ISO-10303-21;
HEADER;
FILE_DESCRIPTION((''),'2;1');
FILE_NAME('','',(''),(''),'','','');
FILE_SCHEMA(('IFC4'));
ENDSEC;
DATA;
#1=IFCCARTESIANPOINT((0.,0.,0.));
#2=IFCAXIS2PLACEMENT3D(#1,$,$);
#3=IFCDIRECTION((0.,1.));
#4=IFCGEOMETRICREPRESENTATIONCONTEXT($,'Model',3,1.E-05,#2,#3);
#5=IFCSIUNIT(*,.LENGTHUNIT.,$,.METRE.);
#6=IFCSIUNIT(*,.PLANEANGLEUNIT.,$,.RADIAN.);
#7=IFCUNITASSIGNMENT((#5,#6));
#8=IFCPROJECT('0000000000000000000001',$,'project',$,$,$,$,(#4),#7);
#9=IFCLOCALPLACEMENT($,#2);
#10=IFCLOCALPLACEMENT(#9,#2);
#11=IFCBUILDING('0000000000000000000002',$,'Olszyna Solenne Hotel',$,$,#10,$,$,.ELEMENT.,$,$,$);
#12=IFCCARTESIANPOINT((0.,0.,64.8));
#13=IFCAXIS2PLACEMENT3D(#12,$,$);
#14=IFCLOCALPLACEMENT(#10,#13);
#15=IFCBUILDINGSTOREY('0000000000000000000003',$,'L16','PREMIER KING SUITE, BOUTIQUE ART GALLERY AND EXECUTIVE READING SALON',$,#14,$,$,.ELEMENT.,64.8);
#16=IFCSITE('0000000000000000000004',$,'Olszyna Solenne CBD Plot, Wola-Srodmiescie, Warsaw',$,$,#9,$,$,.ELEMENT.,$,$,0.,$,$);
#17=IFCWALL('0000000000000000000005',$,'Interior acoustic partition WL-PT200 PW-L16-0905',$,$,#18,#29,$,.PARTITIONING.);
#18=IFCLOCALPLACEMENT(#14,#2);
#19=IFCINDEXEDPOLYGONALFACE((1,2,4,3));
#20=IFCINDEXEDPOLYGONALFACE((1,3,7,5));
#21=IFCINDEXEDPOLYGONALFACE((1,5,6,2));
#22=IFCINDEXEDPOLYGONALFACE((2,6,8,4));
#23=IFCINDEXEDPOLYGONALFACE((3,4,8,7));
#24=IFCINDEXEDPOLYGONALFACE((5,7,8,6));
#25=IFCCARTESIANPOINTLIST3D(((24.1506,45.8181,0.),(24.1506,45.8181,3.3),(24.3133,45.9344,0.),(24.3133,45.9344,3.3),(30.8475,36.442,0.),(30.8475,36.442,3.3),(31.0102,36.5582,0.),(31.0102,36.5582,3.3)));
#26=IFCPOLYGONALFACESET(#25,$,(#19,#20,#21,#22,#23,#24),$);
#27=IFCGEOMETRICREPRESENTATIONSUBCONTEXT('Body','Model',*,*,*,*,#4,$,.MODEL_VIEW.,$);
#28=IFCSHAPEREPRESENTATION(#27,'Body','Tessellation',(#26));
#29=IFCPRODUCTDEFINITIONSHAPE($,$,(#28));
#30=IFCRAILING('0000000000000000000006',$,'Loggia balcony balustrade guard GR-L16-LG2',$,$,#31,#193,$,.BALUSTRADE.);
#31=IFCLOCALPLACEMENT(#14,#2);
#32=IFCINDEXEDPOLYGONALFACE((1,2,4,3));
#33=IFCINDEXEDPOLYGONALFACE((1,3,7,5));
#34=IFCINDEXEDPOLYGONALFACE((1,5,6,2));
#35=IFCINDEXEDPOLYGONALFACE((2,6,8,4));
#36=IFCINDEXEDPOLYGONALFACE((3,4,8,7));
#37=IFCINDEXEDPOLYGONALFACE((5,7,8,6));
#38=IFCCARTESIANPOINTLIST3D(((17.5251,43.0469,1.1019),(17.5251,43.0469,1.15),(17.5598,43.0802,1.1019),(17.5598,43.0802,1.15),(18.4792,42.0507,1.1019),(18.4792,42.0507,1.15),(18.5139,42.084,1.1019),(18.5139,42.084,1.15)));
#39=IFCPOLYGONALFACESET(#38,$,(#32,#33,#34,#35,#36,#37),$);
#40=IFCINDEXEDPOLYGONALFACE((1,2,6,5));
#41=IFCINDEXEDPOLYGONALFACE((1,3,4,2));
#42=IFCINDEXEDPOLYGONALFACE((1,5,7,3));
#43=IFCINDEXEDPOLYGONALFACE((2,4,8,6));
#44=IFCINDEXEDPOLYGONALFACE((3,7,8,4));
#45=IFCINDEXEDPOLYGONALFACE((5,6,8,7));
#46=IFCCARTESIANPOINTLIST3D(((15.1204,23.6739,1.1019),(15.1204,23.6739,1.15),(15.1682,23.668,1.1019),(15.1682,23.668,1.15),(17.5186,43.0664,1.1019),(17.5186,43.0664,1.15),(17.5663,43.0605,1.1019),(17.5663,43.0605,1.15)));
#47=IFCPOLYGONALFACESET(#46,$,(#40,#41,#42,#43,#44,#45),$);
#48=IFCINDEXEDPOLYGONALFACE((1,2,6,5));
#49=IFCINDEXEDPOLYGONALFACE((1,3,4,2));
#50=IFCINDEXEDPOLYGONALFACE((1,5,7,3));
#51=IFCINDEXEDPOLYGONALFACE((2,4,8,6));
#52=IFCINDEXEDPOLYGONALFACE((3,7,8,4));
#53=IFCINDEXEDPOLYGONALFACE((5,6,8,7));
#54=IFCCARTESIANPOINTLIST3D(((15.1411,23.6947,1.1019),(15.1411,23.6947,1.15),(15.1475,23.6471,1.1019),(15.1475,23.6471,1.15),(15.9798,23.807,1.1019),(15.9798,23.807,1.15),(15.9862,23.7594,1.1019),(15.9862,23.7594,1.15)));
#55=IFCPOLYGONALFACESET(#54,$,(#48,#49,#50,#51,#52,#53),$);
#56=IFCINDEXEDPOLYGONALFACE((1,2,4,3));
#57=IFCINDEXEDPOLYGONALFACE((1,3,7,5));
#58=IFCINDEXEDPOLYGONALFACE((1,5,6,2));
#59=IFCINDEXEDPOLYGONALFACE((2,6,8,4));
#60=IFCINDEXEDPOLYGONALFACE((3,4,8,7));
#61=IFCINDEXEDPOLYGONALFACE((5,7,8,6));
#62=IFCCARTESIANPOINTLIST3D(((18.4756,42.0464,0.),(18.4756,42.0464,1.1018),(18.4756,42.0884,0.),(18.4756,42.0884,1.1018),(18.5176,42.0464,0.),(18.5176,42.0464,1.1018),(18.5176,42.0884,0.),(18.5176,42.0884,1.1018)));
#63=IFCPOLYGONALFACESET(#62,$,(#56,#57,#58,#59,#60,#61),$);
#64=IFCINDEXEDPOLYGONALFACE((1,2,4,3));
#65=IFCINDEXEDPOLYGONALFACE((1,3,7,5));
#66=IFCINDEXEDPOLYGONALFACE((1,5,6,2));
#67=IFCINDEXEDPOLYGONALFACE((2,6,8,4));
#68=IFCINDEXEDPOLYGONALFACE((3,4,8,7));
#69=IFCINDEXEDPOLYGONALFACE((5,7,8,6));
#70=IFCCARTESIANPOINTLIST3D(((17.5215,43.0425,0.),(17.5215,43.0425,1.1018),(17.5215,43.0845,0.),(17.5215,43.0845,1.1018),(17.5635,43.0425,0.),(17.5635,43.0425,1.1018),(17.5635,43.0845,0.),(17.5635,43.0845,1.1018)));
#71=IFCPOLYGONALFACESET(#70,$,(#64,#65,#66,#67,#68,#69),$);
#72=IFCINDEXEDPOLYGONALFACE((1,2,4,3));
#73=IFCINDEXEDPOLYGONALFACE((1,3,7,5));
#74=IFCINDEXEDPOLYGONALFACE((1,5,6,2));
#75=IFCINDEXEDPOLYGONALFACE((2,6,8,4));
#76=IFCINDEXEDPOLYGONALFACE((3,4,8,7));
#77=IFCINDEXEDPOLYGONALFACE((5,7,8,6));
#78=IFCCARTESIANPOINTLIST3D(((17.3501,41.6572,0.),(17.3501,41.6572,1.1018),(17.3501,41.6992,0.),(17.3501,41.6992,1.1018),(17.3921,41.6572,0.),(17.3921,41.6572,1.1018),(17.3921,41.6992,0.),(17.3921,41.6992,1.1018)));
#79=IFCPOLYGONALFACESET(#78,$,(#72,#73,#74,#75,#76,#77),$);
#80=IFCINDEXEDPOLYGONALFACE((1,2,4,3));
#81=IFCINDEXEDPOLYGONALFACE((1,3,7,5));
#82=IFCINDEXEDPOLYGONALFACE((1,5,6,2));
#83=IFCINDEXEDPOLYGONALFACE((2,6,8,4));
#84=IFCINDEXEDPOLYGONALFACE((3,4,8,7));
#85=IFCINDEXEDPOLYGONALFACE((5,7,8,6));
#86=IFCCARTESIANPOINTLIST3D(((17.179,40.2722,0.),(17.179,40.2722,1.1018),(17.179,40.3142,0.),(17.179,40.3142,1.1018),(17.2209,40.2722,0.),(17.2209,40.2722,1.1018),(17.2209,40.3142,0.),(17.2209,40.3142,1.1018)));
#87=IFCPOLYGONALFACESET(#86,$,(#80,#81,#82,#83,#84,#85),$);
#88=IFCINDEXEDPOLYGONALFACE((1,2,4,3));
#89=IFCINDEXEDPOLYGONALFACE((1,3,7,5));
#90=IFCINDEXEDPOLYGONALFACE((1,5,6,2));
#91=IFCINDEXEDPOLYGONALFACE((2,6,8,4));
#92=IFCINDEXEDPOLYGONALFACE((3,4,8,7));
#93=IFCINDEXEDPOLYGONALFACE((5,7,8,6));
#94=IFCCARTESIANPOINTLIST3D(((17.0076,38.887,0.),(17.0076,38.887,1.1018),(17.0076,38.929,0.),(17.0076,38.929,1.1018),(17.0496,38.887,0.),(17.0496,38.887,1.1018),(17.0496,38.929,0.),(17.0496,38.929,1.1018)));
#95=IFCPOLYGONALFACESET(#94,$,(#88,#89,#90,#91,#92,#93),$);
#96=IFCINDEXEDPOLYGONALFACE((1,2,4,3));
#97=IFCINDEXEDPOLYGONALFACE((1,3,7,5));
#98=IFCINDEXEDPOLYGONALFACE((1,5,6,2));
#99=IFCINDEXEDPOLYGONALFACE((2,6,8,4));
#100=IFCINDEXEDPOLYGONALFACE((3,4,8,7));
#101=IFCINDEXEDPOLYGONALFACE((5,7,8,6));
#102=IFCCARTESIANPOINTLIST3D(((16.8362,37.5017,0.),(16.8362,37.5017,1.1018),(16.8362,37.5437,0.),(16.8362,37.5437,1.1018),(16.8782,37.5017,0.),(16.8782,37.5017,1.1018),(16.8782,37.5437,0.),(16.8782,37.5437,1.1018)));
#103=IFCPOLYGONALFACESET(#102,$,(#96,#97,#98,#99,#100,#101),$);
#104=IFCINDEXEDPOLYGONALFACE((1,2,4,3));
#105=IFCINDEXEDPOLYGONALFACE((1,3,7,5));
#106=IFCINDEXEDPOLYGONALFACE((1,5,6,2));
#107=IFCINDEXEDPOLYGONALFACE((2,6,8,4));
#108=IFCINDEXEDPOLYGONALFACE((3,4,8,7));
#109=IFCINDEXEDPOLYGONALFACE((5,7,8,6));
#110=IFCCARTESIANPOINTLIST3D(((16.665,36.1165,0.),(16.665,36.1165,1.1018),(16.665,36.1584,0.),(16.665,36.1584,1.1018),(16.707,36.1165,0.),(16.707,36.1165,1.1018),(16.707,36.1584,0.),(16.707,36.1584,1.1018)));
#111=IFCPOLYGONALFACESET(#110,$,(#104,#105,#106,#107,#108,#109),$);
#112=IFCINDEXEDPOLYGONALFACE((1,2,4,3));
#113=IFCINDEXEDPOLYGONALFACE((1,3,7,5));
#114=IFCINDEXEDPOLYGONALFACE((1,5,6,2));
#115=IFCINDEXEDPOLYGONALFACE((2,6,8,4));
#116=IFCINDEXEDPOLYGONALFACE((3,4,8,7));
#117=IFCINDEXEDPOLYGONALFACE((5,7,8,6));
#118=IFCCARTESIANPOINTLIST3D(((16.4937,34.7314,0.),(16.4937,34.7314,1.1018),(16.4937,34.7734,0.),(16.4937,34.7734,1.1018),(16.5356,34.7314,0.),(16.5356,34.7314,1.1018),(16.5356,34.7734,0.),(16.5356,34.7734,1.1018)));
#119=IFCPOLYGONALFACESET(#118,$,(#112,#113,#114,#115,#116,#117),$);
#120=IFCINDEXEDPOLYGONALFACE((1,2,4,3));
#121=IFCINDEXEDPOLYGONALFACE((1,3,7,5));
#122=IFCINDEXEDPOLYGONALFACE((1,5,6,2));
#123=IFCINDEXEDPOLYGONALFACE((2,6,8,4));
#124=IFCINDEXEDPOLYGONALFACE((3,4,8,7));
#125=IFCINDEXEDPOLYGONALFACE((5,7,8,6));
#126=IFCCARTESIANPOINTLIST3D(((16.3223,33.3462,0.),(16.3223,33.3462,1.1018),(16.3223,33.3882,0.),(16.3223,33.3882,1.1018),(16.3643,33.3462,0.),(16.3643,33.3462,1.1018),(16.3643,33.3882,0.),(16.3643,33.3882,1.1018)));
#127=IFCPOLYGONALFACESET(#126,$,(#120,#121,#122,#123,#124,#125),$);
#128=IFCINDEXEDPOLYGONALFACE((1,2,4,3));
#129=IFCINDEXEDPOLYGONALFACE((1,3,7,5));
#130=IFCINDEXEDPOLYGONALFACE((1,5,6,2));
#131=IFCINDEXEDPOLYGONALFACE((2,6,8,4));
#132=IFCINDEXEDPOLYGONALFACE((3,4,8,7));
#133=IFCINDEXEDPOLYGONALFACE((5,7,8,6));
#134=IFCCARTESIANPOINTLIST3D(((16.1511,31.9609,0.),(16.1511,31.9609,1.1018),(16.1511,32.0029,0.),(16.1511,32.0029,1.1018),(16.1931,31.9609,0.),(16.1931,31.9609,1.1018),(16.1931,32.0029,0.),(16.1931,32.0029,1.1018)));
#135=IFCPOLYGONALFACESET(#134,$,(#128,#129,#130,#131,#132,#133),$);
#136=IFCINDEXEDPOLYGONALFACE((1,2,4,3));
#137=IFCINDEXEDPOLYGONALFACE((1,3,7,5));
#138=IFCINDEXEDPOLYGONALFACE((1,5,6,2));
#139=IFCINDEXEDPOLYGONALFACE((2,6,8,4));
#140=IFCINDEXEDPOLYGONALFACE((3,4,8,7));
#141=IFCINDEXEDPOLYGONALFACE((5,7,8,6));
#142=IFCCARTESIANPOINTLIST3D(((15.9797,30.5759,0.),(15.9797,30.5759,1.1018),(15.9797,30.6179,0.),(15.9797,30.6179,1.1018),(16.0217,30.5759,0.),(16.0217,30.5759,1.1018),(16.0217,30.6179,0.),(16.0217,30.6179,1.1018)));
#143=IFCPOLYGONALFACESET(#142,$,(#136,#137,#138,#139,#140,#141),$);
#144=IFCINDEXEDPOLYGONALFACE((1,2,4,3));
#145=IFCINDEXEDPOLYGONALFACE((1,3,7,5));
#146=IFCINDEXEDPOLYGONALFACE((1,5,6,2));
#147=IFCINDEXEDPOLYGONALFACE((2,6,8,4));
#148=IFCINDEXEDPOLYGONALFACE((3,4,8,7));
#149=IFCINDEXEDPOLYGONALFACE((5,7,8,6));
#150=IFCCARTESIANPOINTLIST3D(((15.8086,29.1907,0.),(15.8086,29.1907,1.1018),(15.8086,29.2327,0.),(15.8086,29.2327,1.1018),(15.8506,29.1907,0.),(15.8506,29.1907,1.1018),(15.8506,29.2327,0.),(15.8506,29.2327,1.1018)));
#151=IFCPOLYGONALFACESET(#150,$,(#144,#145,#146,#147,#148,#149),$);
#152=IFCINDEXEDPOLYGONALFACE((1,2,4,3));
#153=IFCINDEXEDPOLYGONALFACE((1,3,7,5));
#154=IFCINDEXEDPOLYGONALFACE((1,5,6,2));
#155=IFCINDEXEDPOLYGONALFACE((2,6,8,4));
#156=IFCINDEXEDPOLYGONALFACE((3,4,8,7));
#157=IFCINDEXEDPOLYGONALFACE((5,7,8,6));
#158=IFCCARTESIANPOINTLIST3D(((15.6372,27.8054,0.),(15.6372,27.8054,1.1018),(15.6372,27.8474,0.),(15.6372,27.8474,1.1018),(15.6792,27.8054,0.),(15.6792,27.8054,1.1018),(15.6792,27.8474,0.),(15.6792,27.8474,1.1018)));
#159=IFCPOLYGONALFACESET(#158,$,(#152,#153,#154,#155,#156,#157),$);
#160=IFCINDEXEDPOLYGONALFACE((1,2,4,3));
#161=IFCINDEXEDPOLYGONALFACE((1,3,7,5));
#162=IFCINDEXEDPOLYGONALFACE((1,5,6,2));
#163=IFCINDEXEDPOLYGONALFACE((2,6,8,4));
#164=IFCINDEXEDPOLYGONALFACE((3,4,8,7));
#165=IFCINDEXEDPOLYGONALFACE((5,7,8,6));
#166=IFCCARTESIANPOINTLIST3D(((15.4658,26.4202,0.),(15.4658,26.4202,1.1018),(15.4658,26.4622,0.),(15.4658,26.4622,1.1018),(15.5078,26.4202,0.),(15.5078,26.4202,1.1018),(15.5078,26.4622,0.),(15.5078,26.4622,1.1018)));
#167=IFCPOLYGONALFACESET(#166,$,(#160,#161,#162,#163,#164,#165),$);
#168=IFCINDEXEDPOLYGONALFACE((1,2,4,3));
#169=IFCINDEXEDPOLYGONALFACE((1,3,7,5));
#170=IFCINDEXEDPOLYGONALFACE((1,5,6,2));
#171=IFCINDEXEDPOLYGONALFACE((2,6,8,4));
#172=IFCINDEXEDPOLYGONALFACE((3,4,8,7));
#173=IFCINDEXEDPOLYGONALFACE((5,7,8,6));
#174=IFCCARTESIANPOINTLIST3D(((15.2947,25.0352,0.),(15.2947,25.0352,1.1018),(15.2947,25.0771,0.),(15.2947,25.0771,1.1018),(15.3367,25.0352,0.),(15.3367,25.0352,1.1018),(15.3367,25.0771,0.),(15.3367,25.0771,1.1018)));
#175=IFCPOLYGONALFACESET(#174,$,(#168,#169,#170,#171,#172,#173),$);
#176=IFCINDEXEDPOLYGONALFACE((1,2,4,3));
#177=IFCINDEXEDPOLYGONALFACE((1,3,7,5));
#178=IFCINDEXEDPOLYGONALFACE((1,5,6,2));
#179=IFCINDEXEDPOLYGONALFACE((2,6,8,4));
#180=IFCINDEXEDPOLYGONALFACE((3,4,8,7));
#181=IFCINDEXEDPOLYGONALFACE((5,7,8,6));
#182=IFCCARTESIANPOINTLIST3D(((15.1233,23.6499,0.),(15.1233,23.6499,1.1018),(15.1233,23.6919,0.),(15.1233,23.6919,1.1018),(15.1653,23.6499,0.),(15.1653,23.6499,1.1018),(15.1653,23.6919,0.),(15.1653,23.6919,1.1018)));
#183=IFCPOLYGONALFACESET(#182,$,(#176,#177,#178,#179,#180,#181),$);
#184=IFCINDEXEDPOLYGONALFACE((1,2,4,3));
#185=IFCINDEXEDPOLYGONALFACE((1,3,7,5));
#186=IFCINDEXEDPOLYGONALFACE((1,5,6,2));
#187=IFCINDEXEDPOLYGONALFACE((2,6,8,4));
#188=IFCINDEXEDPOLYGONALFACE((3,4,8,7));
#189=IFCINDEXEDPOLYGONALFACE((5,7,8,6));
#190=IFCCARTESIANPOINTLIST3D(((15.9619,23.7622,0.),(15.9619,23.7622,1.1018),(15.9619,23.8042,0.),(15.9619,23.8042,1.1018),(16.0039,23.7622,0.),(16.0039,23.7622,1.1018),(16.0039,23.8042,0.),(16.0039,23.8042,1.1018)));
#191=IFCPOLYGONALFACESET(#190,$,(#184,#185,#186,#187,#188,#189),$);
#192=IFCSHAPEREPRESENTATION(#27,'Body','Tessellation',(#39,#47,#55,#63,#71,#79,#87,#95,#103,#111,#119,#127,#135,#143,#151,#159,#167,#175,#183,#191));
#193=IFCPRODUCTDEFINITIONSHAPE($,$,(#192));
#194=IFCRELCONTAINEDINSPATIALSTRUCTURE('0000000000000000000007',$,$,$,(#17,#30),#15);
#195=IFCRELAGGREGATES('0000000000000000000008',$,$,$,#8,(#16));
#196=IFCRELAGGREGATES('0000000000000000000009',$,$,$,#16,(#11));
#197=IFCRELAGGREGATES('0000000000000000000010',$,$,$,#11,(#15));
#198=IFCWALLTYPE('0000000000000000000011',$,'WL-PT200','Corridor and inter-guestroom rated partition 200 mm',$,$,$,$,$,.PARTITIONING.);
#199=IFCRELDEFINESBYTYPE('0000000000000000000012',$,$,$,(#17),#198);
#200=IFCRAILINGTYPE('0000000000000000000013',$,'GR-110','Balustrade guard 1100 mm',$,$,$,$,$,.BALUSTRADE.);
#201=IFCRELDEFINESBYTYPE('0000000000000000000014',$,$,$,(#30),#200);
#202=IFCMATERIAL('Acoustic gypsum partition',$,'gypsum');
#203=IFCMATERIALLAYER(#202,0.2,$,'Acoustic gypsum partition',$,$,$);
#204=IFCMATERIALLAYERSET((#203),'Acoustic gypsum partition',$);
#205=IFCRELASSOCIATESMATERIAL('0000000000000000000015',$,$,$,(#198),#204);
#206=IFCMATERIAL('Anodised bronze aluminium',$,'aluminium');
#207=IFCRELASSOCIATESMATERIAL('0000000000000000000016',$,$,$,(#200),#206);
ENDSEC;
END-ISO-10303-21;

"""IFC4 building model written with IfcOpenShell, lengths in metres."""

from ifc_helpers import new_model, si_unit, direction, frame, frame_2d, origin, origin_2d, place, context, subcontext, project, spatial, rectangle, extrude, material, layer, layer_set, type_object, element, save


model = new_model("IFC4")

# Units and contexts
model_context = context("Model", 3, precision=1e-05, world=origin(), true_north=direction((0.0, 1.0)))
body_context = subcontext(model_context, "Body", "Model", "MODEL_VIEW")
ifc_project = project(units=[si_unit("LENGTHUNIT", "METRE"), si_unit("PLANEANGLEUNIT", "RADIAN")], contexts=[model_context])

# Site, building, storey
site_placement = place(None, origin())
site = spatial("IfcSite", under=ifc_project, at=site_placement, Name="Olszyna Solenne CBD Plot, Wola-Srodmiescie, Warsaw", CompositionType="ELEMENT", RefElevation=0.0)
building_placement = place(site_placement, origin())
building = spatial("IfcBuilding", under=site, at=building_placement, Name="Olszyna Solenne Hotel", CompositionType="ELEMENT")
storey_placement = place(building_placement, frame((0.0, 0.0, 64.8)))
storey = spatial("IfcBuildingStorey", under=building, at=storey_placement, Name="L16", Description="PREMIER KING SUITE, BOUTIQUE ART GALLERY AND EXECUTIVE READING SALON", CompositionType="ELEMENT", Elevation=64.8)

# Shared definitions
ifc_material_1 = material(Name="Anodised bronze aluminium", Category="aluminium")

# Shared definitions
ifc_material_2 = material(Name="Acoustic gypsum partition", Category="gypsum")

# Wall
ifc_layer_1 = layer(ifc_material_2, 0.2, Name="Acoustic gypsum partition")
ifc_layer_set_1 = layer_set([ifc_layer_1], Name="Acoustic gypsum partition")
wall_type_1 = type_object("IfcWallType", Name="WL-PT200", Description="Corridor and inter-guestroom rated partition 200 mm", PredefinedType="PARTITIONING", material=ifc_layer_set_1)
wall_1_placement = place(storey_placement, frame((30.929, 36.5, 0.0), z_axis=(0.0, 0.0, 1.0), x_axis=(-0.581222, 0.813745, 0.0)))
element("IfcWall", 1, at=wall_1_placement, inside=storey, type_object=wall_type_1, Name="Interior acoustic partition WL-PT200 PW-L16-0905", PredefinedType="PARTITIONING", context=body_context, shape_type="SweptSolid", body=[
    extrude(rectangle(XDim=11.5222, YDim=0.2, at=frame_2d((5.7612, 0.0))), origin(), (0.0, 0.0, 1.0), 3.3),
])

# Railing
railing_type = type_object("IfcRailingType", Name="GR-110", Description="Balustrade guard 1100 mm", PredefinedType="BALUSTRADE", material=ifc_material_1)
railing_placement = place(storey_placement, frame((18.4966, 42.0674, 0.0)))
element("IfcRailing", 2, at=railing_placement, inside=storey, type_object=railing_type, Name="Loggia balcony balustrade guard GR-L16-LG2", PredefinedType="BALUSTRADE", context=body_context, shape_type="SweptSolid", body=[
    extrude(rectangle(XDim=0.0481, YDim=0.0481, at=origin_2d()), frame((0.0, 0.0, 1.126), z_axis=(-0.691721, 0.722165, 0.0), x_axis=(-0.722165, -0.691721, 0.0)), (0.0, 0.0, 1.0), 1.3794),
    extrude(rectangle(XDim=0.0481, YDim=0.0481, at=origin_2d()), frame((-0.9541, 0.9961, 1.126), z_axis=(-0.122731, -0.99244, 0.0), x_axis=(0.99244, -0.122731, 0.0)), (0.0, 0.0, 1.0), 19.5403),
    extrude(rectangle(XDim=0.0481, YDim=0.0481, at=origin_2d()), frame((-3.3523, -18.3965, 1.126), z_axis=(0.991152, 0.132731, 0.0), x_axis=(-0.132731, 0.991152, 0.0)), (0.0, 0.0, 1.0), 0.8462),
    extrude(rectangle(XDim=0.042, YDim=0.042, at=origin_2d()), origin(), (0.0, 0.0, 1.0), 1.1018),
    extrude(rectangle(XDim=0.042, YDim=0.042, at=origin_2d()), frame((-0.9541, 0.9961, 0.0)), (0.0, 0.0, 1.0), 1.1018),
    extrude(rectangle(XDim=0.042, YDim=0.042, at=origin_2d()), frame((-1.1255, -0.3892, 0.0)), (0.0, 0.0, 1.0), 1.1018),
    extrude(rectangle(XDim=0.042, YDim=0.042, at=origin_2d()), frame((-1.2966, -1.7742, 0.0)), (0.0, 0.0, 1.0), 1.1018),
    extrude(rectangle(XDim=0.042, YDim=0.042, at=origin_2d()), frame((-1.468, -3.1594, 0.0)), (0.0, 0.0, 1.0), 1.1018),
    extrude(rectangle(XDim=0.042, YDim=0.042, at=origin_2d()), frame((-1.6394, -4.5447, 0.0)), (0.0, 0.0, 1.0), 1.1018),
    extrude(rectangle(XDim=0.042, YDim=0.042, at=origin_2d()), frame((-1.8105, -5.9299, 0.0)), (0.0, 0.0, 1.0), 1.1018),
    extrude(rectangle(XDim=0.042, YDim=0.042, at=origin_2d()), frame((-1.9819, -7.3149, 0.0)), (0.0, 0.0, 1.0), 1.1018),
    extrude(rectangle(XDim=0.042, YDim=0.042, at=origin_2d()), frame((-2.1533, -8.7002, 0.0)), (0.0, 0.0, 1.0), 1.1018),
    extrude(rectangle(XDim=0.042, YDim=0.042, at=origin_2d()), frame((-2.3245, -10.0854, 0.0)), (0.0, 0.0, 1.0), 1.1018),
    extrude(rectangle(XDim=0.042, YDim=0.042, at=origin_2d()), frame((-2.4958, -11.4705, 0.0)), (0.0, 0.0, 1.0), 1.1018),
    extrude(rectangle(XDim=0.042, YDim=0.042, at=origin_2d()), frame((-2.667, -12.8557, 0.0)), (0.0, 0.0, 1.0), 1.1018),
    extrude(rectangle(XDim=0.042, YDim=0.042, at=origin_2d()), frame((-2.8384, -14.241, 0.0)), (0.0, 0.0, 1.0), 1.1018),
    extrude(rectangle(XDim=0.042, YDim=0.042, at=origin_2d()), frame((-3.0098, -15.6262, 0.0)), (0.0, 0.0, 1.0), 1.1018),
    extrude(rectangle(XDim=0.042, YDim=0.042, at=origin_2d()), frame((-3.1809, -17.0112, 0.0)), (0.0, 0.0, 1.0), 1.1018),
    extrude(rectangle(XDim=0.042, YDim=0.042, at=origin_2d()), frame((-3.3523, -18.3965, 0.0)), (0.0, 0.0, 1.0), 1.1018),
    extrude(rectangle(XDim=0.042, YDim=0.042, at=origin_2d()), frame((-2.5137, -18.2842, 0.0)), (0.0, 0.0, 1.0), 1.1018),
])

save(model, "model.ifc")
